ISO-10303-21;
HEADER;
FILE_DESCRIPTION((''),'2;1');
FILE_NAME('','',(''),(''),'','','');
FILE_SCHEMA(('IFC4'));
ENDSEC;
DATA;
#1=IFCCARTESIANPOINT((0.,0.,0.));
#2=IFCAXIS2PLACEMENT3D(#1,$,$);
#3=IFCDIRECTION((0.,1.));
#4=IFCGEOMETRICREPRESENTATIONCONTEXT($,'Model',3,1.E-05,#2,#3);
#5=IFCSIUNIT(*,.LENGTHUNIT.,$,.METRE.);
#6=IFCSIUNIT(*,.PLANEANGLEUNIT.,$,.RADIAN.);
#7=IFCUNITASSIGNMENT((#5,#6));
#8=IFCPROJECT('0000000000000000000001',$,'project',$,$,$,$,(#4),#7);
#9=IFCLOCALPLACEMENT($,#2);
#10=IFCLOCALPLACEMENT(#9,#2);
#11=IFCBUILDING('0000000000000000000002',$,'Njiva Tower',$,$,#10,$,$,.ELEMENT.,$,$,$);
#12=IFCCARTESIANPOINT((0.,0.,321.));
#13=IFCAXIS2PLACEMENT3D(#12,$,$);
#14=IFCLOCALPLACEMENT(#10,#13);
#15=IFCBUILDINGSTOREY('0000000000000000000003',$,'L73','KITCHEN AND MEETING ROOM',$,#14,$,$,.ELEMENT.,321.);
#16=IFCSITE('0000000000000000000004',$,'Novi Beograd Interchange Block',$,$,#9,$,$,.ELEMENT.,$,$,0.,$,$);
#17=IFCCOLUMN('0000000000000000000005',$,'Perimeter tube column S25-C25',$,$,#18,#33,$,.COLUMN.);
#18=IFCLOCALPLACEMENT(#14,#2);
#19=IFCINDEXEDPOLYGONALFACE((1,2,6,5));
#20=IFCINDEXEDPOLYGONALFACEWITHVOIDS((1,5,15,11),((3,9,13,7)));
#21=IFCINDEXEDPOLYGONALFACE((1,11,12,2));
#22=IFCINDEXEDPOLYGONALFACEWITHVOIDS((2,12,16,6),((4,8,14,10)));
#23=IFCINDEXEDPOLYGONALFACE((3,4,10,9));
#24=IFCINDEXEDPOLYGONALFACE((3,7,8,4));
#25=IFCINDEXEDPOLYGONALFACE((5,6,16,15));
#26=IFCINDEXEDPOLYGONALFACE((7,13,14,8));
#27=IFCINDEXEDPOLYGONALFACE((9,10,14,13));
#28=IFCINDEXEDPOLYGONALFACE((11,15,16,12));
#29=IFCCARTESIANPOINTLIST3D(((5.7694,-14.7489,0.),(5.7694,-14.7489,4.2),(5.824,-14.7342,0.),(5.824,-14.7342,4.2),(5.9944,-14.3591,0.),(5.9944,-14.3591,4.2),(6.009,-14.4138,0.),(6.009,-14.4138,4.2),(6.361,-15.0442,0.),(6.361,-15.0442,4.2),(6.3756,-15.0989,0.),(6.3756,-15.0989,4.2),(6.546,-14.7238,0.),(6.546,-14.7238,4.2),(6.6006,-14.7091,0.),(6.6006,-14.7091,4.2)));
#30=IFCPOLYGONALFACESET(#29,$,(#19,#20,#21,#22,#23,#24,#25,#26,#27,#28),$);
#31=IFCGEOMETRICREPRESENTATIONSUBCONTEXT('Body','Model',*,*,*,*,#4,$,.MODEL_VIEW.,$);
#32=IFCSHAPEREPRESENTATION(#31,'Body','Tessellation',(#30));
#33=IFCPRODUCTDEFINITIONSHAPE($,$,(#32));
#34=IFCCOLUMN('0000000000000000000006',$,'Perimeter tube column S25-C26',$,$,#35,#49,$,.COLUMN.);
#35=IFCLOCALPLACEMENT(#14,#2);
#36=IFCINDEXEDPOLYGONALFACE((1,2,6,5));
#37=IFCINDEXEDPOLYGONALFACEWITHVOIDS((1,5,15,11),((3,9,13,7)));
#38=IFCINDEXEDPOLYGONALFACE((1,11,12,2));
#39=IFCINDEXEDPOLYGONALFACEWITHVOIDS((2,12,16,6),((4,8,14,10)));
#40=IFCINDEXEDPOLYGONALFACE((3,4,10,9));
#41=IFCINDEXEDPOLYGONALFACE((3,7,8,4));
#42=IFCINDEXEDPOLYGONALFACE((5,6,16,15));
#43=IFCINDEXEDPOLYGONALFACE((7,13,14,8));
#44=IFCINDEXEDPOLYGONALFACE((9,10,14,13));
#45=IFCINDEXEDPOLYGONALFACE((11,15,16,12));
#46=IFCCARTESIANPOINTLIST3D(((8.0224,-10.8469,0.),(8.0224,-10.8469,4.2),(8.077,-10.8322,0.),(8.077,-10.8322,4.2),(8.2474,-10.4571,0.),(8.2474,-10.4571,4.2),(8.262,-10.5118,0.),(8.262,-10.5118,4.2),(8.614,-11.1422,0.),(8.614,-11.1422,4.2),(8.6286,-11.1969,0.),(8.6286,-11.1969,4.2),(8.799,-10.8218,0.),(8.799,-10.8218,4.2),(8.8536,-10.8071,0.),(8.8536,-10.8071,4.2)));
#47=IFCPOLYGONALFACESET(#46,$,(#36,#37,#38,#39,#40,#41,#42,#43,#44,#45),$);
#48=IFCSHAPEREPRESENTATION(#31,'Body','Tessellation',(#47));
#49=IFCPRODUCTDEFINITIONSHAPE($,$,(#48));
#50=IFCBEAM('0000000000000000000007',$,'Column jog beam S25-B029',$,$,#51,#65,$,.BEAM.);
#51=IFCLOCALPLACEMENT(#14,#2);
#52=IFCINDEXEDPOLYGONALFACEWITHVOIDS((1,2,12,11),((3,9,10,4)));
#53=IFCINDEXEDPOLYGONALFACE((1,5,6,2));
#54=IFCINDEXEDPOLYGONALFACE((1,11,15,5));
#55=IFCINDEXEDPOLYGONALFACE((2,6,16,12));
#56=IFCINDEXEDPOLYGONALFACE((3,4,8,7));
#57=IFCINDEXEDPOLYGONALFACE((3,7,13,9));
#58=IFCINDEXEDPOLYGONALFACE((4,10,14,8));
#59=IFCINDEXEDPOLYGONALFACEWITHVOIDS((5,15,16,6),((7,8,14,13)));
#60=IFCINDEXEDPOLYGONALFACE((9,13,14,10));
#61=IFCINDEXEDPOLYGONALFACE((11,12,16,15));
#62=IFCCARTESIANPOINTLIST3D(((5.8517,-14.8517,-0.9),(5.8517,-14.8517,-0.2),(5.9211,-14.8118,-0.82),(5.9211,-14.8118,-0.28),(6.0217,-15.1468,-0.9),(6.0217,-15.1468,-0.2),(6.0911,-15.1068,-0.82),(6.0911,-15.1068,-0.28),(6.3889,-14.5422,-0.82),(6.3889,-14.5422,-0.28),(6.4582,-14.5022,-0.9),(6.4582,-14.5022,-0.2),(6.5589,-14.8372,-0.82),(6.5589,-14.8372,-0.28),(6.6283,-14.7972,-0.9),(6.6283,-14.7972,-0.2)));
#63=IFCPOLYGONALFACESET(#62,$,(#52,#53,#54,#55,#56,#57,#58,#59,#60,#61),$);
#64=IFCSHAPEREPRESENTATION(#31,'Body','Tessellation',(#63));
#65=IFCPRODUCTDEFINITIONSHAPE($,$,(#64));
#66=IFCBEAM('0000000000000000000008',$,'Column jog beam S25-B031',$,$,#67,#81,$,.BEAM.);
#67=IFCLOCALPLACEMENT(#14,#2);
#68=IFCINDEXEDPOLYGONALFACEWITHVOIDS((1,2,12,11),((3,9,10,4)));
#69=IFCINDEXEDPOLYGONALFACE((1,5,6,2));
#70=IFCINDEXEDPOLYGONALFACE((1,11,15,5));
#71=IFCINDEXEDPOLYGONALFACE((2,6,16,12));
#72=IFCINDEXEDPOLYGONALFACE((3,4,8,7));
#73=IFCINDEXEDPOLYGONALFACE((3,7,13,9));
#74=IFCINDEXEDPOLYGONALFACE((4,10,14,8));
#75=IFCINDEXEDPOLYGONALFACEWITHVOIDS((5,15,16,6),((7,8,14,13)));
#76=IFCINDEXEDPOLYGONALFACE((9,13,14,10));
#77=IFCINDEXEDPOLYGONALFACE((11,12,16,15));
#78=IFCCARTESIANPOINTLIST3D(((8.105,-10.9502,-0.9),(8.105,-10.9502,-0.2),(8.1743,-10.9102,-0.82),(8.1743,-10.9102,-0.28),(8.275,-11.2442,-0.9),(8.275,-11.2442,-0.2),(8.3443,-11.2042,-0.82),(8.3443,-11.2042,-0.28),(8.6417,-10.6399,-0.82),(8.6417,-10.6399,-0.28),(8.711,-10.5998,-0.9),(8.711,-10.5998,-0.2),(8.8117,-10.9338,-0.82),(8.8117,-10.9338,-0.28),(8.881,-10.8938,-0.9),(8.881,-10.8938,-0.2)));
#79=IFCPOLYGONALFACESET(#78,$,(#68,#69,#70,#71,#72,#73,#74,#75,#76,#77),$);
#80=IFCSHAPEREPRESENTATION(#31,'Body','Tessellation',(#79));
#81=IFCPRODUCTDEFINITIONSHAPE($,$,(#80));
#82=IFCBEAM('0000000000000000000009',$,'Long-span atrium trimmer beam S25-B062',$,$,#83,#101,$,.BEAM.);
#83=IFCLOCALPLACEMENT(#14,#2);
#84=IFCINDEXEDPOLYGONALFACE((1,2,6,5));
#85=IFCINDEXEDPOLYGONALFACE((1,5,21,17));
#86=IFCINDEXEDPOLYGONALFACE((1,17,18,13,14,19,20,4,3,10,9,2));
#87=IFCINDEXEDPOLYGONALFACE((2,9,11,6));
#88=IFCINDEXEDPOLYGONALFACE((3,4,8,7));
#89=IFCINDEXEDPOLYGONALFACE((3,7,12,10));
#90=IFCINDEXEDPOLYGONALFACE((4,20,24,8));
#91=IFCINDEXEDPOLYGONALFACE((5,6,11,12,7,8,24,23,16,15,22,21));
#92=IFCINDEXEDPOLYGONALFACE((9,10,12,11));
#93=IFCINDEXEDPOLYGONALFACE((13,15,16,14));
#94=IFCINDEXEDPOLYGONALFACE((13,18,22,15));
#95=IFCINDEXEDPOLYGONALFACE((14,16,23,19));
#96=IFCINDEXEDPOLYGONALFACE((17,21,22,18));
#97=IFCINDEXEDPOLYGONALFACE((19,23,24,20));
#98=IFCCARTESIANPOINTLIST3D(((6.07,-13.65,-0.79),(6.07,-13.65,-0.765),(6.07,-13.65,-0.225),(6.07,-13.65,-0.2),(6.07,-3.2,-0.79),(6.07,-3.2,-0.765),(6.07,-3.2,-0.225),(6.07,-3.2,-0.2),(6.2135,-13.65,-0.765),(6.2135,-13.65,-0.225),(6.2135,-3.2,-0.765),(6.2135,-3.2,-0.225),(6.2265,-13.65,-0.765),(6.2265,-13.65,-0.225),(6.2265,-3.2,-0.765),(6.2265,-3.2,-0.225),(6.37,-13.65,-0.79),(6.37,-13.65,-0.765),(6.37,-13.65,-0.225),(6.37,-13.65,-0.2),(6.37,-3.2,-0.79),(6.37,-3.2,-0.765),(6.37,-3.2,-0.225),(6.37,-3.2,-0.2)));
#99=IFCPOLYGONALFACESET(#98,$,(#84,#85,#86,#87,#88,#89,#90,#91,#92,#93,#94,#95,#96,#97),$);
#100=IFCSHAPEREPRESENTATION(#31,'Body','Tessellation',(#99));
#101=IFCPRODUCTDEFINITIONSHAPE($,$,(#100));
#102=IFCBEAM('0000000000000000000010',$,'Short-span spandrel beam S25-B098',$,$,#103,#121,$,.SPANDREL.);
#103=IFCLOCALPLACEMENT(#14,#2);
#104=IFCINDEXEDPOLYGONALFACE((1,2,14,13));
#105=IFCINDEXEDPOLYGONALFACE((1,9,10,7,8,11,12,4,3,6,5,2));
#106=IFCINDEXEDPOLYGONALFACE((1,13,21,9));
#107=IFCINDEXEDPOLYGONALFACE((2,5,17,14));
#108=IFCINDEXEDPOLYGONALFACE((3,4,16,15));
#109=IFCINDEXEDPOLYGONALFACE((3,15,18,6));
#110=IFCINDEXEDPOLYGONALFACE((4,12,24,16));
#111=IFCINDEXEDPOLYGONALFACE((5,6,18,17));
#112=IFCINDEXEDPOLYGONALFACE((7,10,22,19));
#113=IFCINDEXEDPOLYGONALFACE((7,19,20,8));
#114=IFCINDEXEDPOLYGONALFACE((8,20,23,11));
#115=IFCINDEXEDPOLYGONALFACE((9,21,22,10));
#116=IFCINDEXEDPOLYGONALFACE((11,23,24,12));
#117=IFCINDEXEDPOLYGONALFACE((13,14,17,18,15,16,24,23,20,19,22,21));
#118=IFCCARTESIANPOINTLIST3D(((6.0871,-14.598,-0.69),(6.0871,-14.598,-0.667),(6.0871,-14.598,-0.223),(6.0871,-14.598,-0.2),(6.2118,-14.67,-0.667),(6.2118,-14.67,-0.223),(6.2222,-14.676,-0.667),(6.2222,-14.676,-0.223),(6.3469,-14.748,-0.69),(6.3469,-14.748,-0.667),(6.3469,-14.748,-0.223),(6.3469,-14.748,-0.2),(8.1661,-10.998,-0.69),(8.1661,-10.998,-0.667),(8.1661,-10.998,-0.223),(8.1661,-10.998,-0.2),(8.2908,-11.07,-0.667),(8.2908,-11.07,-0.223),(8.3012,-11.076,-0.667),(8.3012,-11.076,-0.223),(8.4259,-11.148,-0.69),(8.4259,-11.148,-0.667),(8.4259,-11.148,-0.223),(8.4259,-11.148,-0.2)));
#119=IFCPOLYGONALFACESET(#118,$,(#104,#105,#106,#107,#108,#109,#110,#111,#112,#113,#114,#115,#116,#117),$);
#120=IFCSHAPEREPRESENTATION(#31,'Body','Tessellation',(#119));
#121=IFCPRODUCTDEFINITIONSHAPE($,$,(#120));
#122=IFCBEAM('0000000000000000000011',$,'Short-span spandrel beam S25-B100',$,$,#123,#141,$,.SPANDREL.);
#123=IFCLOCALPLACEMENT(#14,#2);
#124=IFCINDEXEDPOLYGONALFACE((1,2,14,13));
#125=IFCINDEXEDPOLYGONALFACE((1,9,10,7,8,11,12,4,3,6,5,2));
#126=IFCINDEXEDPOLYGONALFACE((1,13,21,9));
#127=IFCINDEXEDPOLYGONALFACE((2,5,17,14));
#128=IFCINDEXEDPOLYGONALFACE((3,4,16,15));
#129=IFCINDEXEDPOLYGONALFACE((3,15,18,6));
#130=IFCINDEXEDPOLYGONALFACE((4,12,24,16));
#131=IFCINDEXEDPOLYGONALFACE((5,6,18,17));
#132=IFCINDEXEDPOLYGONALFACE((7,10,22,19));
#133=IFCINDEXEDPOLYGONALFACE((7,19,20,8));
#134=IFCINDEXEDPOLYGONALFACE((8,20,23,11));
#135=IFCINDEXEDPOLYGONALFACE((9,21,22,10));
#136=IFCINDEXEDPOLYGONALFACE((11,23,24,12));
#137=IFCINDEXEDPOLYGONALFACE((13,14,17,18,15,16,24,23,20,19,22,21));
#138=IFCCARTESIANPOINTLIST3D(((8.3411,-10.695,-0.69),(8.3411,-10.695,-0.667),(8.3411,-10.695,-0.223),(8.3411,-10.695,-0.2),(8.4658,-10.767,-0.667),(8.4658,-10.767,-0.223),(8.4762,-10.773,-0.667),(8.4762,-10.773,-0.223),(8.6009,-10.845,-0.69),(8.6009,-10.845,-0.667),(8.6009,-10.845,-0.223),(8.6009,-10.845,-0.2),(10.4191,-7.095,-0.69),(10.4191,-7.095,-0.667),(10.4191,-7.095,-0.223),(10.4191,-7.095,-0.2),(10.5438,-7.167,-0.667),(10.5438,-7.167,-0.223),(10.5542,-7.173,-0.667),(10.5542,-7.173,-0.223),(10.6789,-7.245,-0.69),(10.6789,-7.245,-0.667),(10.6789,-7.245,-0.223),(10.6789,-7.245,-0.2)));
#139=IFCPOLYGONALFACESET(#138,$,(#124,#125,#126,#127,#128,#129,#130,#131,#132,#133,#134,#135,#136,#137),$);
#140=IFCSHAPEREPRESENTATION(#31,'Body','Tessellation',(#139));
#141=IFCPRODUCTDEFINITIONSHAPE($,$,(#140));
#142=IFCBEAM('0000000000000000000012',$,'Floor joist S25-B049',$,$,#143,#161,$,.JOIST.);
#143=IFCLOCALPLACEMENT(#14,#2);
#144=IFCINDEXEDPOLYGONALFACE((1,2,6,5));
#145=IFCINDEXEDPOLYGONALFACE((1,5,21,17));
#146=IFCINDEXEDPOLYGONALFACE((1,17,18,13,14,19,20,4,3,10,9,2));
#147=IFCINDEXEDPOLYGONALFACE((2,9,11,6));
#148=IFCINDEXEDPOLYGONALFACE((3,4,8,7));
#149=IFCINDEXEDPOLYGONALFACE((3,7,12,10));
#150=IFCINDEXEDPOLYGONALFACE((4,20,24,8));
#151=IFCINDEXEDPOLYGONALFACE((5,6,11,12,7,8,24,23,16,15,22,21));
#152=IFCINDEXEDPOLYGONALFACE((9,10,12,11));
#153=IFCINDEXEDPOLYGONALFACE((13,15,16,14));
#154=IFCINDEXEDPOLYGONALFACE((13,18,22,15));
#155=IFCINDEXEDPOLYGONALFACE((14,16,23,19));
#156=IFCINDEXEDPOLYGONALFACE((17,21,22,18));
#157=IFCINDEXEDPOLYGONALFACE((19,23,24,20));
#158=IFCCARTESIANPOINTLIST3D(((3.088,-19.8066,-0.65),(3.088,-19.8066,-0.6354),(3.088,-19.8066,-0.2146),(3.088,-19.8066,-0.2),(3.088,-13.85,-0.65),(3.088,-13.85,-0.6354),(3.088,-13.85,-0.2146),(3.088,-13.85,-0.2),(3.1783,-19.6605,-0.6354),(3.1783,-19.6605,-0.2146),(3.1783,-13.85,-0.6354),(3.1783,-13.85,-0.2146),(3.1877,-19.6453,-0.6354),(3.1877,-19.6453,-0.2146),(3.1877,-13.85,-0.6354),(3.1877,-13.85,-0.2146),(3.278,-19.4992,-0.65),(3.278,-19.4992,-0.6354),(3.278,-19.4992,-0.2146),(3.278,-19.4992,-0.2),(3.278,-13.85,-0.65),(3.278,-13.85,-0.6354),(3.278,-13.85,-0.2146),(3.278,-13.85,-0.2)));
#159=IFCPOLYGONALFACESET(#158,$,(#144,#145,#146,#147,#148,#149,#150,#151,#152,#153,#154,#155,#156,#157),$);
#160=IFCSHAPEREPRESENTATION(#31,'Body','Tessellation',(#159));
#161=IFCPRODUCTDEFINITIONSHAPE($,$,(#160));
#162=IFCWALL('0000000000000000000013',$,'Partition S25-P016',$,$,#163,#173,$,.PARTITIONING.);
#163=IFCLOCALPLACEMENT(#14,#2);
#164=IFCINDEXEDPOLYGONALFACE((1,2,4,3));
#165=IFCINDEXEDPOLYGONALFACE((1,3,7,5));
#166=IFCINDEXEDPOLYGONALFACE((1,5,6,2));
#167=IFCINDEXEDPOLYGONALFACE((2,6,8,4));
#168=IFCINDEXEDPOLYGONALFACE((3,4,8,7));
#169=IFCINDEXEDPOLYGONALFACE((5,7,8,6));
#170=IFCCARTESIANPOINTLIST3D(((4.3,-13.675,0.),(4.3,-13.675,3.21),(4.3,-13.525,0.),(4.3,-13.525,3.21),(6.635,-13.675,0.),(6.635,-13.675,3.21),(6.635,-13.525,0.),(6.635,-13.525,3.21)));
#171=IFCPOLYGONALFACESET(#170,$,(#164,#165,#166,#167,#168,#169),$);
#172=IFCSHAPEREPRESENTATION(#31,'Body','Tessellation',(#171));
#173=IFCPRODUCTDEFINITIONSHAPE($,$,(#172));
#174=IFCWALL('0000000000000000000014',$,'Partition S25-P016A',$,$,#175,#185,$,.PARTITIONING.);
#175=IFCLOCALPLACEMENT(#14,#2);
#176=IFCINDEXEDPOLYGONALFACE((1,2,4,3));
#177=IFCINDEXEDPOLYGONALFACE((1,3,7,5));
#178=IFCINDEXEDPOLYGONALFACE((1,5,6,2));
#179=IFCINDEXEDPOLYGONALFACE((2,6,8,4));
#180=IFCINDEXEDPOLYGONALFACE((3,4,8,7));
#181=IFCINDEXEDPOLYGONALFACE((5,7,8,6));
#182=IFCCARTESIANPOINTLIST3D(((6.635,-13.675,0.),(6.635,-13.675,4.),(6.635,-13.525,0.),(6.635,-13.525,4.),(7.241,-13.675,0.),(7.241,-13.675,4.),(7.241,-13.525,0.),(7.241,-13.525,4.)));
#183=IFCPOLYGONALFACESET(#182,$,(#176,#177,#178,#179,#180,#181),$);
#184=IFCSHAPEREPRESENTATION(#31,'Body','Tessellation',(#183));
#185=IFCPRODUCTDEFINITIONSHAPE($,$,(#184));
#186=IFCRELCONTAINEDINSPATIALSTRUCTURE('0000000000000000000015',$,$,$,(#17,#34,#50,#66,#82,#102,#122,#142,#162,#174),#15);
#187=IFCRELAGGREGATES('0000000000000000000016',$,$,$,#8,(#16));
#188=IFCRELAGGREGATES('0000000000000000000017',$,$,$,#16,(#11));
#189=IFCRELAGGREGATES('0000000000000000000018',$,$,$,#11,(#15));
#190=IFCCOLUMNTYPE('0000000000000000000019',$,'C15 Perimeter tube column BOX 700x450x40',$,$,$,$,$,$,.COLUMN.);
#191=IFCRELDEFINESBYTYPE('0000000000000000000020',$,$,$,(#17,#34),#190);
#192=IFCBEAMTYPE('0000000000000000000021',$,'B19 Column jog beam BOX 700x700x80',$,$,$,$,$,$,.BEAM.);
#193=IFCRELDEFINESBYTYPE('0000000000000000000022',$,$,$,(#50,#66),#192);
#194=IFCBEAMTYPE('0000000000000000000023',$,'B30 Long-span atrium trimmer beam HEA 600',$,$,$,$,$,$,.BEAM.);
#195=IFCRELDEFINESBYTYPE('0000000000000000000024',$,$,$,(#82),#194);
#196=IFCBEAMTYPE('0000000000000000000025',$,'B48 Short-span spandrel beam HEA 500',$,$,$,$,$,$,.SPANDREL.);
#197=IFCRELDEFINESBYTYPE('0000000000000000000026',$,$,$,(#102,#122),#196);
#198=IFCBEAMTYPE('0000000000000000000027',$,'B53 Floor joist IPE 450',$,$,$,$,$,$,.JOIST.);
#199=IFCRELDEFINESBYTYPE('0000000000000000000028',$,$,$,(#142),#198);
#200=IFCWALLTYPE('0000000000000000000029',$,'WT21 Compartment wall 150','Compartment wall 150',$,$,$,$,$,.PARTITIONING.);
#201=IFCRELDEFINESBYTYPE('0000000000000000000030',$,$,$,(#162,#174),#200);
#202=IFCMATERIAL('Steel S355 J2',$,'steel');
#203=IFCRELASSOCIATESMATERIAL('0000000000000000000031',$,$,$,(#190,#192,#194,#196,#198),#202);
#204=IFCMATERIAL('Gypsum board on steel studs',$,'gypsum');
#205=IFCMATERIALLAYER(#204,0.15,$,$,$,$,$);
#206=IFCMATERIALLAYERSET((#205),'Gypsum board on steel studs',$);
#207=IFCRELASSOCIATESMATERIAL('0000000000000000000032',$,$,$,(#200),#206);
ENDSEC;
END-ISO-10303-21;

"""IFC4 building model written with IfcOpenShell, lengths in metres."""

from ifc_helpers import new_model, si_unit, direction, frame, frame_2d, origin, origin_2d, place, context, subcontext, project, spatial, rectangle, hollow_rectangle, i_section, extrude, clip, halfspace, material, layer, layer_set, material_profile, profile_set, type_object, element, save


model = new_model("IFC4")

# Units and contexts
model_context = context("Model", 3, precision=1e-05, world=origin(), true_north=direction((0.0, 1.0)))
body_context = subcontext(model_context, "Body", "Model", "MODEL_VIEW")
ifc_project = project(units=[si_unit("LENGTHUNIT", "METRE"), si_unit("PLANEANGLEUNIT", "RADIAN")], contexts=[model_context])

# Site, building, storey
site_placement = place(None, origin())
site = spatial("IfcSite", under=ifc_project, at=site_placement, Name="Novi Beograd Interchange Block", CompositionType="ELEMENT", RefElevation=0.0)
building_placement = place(site_placement, origin())
building = spatial("IfcBuilding", under=site, at=building_placement, Name="Njiva Tower", CompositionType="ELEMENT")
storey_placement = place(building_placement, frame((0.0, 0.0, 321.0)))
storey = spatial("IfcBuildingStorey", under=building, at=storey_placement, Name="L73", Description="KITCHEN AND MEETING ROOM", CompositionType="ELEMENT", Elevation=321.0)

# Columns
ifc_material_1 = material(Name="Steel S355 J2", Category="steel")
ifc_material_profile_1 = material_profile(ifc_material_1, hollow_rectangle(XDim=0.45, YDim=0.7, WallThickness=0.04, at=origin_2d()), Name="BOX 700x450x40")
ifc_profile_set_1 = profile_set([ifc_material_profile_1], Name="Steel S355 J2")
column_type = type_object("IfcColumnType", Name="C15 Perimeter tube column BOX 700x450x40", PredefinedType="COLUMN", material=ifc_profile_set_1)
for number, where, z_axis, x_axis, name in (
    (1, (6.185, -14.729, 0.0), (0.0, 0.0, 1.0), (0.5, 0.866025, 0.0), "Perimeter tube column S25-C25"),
    (2, (8.438, -10.827, 0.0), (0.0, 0.0, 1.0), (0.5, 0.866025, 0.0), "Perimeter tube column S25-C26"),
):
    element("IfcColumn", number, at=place(storey_placement, frame(where, z_axis=z_axis, x_axis=x_axis)), inside=storey, type_object=column_type, Name=name, PredefinedType="COLUMN", context=body_context, shape_type="SweptSolid", body=[
        extrude(hollow_rectangle(XDim=0.45, YDim=0.7, WallThickness=0.04, at=origin_2d()), origin(), (0.0, 0.0, 1.0), 4.2),
    ])

# Beams
ifc_material_profile_2 = material_profile(ifc_material_1, hollow_rectangle(XDim=0.7, YDim=0.7, WallThickness=0.08, at=origin_2d()), Name="BOX 700x700x80")
ifc_profile_set_2 = profile_set([ifc_material_profile_2], Name="Steel S355 J2")
beam_type_1 = type_object("IfcBeamType", Name="B19 Column jog beam BOX 700x700x80", PredefinedType="BEAM", material=ifc_profile_set_2)
beam_1_placement = place(storey_placement, frame((6.325, -14.972, -0.55), z_axis=(-0.499299, 0.86643, 0.0), x_axis=(-0.86643, -0.499299, 0.0)))
element("IfcBeam", 3, at=beam_1_placement, inside=storey, type_object=beam_type_1, Name="Column jog beam S25-B029", PredefinedType="BEAM", context=body_context, shape_type="SweptSolid", body=[
    extrude(hollow_rectangle(XDim=0.7, YDim=0.7, WallThickness=0.08, at=origin_2d()), origin(), (0.0, 0.0, 1.0), 0.3405),
])
beam_2_placement = place(storey_placement, frame((8.578, -11.069, -0.55), z_axis=(-0.500572, 0.865695, 0.0), x_axis=(-0.865695, -0.500572, 0.0)))
element("IfcBeam", 4, at=beam_2_placement, inside=storey, type_object=beam_type_1, Name="Column jog beam S25-B031", PredefinedType="BEAM", context=body_context, shape_type="SweptSolid", body=[
    extrude(hollow_rectangle(XDim=0.7, YDim=0.7, WallThickness=0.08, at=origin_2d()), origin(), (0.0, 0.0, 1.0), 0.3396),
])
ifc_material_profile_3 = material_profile(ifc_material_1, i_section(OverallWidth=0.3, OverallDepth=0.59, WebThickness=0.013, FlangeThickness=0.025, at=origin_2d()), Name="HEA 600")
ifc_profile_set_3 = profile_set([ifc_material_profile_3], Name="Steel S355 J2")
beam_type_2 = type_object("IfcBeamType", Name="B30 Long-span atrium trimmer beam HEA 600", PredefinedType="BEAM", material=ifc_profile_set_3)
beam_3_placement = place(storey_placement, frame((6.22, -13.65, -0.495), z_axis=(0.0, 1.0, 0.0), x_axis=(-1.0, 0.0, 0.0)))
element("IfcBeam", 5, at=beam_3_placement, inside=storey, type_object=beam_type_2, Name="Long-span atrium trimmer beam S25-B062", PredefinedType="BEAM", context=body_context, shape_type="SweptSolid", body=[
    extrude(i_section(OverallWidth=0.3, OverallDepth=0.59, WebThickness=0.013, FlangeThickness=0.025, at=origin_2d()), origin(), (0.0, 0.0, 1.0), 10.45),
])
ifc_material_profile_4 = material_profile(ifc_material_1, i_section(OverallWidth=0.3, OverallDepth=0.49, WebThickness=0.012, FlangeThickness=0.023, at=origin_2d()), Name="HEA 500")
ifc_profile_set_4 = profile_set([ifc_material_profile_4], Name="Steel S355 J2")
beam_type_3 = type_object("IfcBeamType", Name="B48 Short-span spandrel beam HEA 500", PredefinedType="SPANDREL", material=ifc_profile_set_4)
beam_4_placement = place(storey_placement, frame((6.217, -14.673, -0.445), z_axis=(0.500097, 0.865969, 0.0), x_axis=(-0.865969, 0.500097, 0.0)))
element("IfcBeam", 6, at=beam_4_placement, inside=storey, type_object=beam_type_3, Name="Short-span spandrel beam S25-B098", PredefinedType="SPANDREL", context=body_context, shape_type="SweptSolid", body=[
    extrude(i_section(OverallWidth=0.3, OverallDepth=0.49, WebThickness=0.012, FlangeThickness=0.023, at=origin_2d()), origin(), (0.0, 0.0, 1.0), 4.1572),
])
beam_5_placement = place(storey_placement, frame((8.471, -10.77, -0.445), z_axis=(0.499917, 0.866073, 0.0), x_axis=(-0.866073, 0.499917, 0.0)))
element("IfcBeam", 7, at=beam_5_placement, inside=storey, type_object=beam_type_3, Name="Short-span spandrel beam S25-B100", PredefinedType="SPANDREL", context=body_context, shape_type="SweptSolid", body=[
    extrude(i_section(OverallWidth=0.3, OverallDepth=0.49, WebThickness=0.012, FlangeThickness=0.023, at=origin_2d()), origin(), (0.0, 0.0, 1.0), 4.1567),
])
ifc_material_profile_5 = material_profile(ifc_material_1, i_section(OverallWidth=0.19, OverallDepth=0.45, WebThickness=0.0094, FlangeThickness=0.0146, at=origin_2d()), Name="IPE 450")
ifc_profile_set_5 = profile_set([ifc_material_profile_5], Name="Steel S355 J2")
beam_type_4 = type_object("IfcBeamType", Name="B53 Floor joist IPE 450", PredefinedType="JOIST", material=ifc_profile_set_5)
beam_6_placement = place(storey_placement, frame((3.183, -13.85, -0.425), z_axis=(0.0, -1.0, 0.0), x_axis=(1.0, 0.0, 0.0)))
element("IfcBeam", 8, at=beam_6_placement, inside=storey, type_object=beam_type_4, Name="Floor joist S25-B049", PredefinedType="JOIST", context=body_context, shape_type="Clipping", body=[
    clip(extrude(i_section(OverallWidth=0.19, OverallDepth=0.45, WebThickness=0.0094, FlangeThickness=0.0146, at=origin_2d()), origin(), (0.0, 0.0, 1.0), 5.976), halfspace(frame((0.0429, 0.0, 5.7335), z_axis=(0.850616, 0.0, 0.525788), x_axis=(0.0, 1.0, 0.0)), False)),
])

# Walls
ifc_material_2 = material(Name="Gypsum board on steel studs", Category="gypsum")
ifc_layer_1 = layer(ifc_material_2, 0.15)
ifc_layer_set_1 = layer_set([ifc_layer_1], Name="Gypsum board on steel studs")
wall_type_1 = type_object("IfcWallType", Name="WT21 Compartment wall 150", Description="Compartment wall 150", PredefinedType="PARTITIONING", material=ifc_layer_set_1)
wall_1_placement = place(storey_placement, frame((4.3, -13.6, 0.0), z_axis=(0.0, 0.0, 1.0), x_axis=(1.0, 0.0, 0.0)))
element("IfcWall", 9, at=wall_1_placement, inside=storey, type_object=wall_type_1, Name="Partition S25-P016", PredefinedType="PARTITIONING", context=body_context, shape_type="SweptSolid", body=[
    extrude(rectangle(XDim=2.335, YDim=0.15, at=frame_2d((1.1675, 0.0))), origin(), (0.0, 0.0, 1.0), 3.21),
])
wall_2_placement = place(storey_placement, frame((6.635, -13.6, 0.0), z_axis=(0.0, 0.0, 1.0), x_axis=(1.0, 0.0, 0.0)))
element("IfcWall", 10, at=wall_2_placement, inside=storey, type_object=wall_type_1, Name="Partition S25-P016A", PredefinedType="PARTITIONING", context=body_context, shape_type="SweptSolid", body=[
    extrude(rectangle(XDim=0.606, YDim=0.15, at=frame_2d((0.303, 0.0))), origin(), (0.0, 0.0, 1.0), 4.0),
])

save(model, "model.ifc")
